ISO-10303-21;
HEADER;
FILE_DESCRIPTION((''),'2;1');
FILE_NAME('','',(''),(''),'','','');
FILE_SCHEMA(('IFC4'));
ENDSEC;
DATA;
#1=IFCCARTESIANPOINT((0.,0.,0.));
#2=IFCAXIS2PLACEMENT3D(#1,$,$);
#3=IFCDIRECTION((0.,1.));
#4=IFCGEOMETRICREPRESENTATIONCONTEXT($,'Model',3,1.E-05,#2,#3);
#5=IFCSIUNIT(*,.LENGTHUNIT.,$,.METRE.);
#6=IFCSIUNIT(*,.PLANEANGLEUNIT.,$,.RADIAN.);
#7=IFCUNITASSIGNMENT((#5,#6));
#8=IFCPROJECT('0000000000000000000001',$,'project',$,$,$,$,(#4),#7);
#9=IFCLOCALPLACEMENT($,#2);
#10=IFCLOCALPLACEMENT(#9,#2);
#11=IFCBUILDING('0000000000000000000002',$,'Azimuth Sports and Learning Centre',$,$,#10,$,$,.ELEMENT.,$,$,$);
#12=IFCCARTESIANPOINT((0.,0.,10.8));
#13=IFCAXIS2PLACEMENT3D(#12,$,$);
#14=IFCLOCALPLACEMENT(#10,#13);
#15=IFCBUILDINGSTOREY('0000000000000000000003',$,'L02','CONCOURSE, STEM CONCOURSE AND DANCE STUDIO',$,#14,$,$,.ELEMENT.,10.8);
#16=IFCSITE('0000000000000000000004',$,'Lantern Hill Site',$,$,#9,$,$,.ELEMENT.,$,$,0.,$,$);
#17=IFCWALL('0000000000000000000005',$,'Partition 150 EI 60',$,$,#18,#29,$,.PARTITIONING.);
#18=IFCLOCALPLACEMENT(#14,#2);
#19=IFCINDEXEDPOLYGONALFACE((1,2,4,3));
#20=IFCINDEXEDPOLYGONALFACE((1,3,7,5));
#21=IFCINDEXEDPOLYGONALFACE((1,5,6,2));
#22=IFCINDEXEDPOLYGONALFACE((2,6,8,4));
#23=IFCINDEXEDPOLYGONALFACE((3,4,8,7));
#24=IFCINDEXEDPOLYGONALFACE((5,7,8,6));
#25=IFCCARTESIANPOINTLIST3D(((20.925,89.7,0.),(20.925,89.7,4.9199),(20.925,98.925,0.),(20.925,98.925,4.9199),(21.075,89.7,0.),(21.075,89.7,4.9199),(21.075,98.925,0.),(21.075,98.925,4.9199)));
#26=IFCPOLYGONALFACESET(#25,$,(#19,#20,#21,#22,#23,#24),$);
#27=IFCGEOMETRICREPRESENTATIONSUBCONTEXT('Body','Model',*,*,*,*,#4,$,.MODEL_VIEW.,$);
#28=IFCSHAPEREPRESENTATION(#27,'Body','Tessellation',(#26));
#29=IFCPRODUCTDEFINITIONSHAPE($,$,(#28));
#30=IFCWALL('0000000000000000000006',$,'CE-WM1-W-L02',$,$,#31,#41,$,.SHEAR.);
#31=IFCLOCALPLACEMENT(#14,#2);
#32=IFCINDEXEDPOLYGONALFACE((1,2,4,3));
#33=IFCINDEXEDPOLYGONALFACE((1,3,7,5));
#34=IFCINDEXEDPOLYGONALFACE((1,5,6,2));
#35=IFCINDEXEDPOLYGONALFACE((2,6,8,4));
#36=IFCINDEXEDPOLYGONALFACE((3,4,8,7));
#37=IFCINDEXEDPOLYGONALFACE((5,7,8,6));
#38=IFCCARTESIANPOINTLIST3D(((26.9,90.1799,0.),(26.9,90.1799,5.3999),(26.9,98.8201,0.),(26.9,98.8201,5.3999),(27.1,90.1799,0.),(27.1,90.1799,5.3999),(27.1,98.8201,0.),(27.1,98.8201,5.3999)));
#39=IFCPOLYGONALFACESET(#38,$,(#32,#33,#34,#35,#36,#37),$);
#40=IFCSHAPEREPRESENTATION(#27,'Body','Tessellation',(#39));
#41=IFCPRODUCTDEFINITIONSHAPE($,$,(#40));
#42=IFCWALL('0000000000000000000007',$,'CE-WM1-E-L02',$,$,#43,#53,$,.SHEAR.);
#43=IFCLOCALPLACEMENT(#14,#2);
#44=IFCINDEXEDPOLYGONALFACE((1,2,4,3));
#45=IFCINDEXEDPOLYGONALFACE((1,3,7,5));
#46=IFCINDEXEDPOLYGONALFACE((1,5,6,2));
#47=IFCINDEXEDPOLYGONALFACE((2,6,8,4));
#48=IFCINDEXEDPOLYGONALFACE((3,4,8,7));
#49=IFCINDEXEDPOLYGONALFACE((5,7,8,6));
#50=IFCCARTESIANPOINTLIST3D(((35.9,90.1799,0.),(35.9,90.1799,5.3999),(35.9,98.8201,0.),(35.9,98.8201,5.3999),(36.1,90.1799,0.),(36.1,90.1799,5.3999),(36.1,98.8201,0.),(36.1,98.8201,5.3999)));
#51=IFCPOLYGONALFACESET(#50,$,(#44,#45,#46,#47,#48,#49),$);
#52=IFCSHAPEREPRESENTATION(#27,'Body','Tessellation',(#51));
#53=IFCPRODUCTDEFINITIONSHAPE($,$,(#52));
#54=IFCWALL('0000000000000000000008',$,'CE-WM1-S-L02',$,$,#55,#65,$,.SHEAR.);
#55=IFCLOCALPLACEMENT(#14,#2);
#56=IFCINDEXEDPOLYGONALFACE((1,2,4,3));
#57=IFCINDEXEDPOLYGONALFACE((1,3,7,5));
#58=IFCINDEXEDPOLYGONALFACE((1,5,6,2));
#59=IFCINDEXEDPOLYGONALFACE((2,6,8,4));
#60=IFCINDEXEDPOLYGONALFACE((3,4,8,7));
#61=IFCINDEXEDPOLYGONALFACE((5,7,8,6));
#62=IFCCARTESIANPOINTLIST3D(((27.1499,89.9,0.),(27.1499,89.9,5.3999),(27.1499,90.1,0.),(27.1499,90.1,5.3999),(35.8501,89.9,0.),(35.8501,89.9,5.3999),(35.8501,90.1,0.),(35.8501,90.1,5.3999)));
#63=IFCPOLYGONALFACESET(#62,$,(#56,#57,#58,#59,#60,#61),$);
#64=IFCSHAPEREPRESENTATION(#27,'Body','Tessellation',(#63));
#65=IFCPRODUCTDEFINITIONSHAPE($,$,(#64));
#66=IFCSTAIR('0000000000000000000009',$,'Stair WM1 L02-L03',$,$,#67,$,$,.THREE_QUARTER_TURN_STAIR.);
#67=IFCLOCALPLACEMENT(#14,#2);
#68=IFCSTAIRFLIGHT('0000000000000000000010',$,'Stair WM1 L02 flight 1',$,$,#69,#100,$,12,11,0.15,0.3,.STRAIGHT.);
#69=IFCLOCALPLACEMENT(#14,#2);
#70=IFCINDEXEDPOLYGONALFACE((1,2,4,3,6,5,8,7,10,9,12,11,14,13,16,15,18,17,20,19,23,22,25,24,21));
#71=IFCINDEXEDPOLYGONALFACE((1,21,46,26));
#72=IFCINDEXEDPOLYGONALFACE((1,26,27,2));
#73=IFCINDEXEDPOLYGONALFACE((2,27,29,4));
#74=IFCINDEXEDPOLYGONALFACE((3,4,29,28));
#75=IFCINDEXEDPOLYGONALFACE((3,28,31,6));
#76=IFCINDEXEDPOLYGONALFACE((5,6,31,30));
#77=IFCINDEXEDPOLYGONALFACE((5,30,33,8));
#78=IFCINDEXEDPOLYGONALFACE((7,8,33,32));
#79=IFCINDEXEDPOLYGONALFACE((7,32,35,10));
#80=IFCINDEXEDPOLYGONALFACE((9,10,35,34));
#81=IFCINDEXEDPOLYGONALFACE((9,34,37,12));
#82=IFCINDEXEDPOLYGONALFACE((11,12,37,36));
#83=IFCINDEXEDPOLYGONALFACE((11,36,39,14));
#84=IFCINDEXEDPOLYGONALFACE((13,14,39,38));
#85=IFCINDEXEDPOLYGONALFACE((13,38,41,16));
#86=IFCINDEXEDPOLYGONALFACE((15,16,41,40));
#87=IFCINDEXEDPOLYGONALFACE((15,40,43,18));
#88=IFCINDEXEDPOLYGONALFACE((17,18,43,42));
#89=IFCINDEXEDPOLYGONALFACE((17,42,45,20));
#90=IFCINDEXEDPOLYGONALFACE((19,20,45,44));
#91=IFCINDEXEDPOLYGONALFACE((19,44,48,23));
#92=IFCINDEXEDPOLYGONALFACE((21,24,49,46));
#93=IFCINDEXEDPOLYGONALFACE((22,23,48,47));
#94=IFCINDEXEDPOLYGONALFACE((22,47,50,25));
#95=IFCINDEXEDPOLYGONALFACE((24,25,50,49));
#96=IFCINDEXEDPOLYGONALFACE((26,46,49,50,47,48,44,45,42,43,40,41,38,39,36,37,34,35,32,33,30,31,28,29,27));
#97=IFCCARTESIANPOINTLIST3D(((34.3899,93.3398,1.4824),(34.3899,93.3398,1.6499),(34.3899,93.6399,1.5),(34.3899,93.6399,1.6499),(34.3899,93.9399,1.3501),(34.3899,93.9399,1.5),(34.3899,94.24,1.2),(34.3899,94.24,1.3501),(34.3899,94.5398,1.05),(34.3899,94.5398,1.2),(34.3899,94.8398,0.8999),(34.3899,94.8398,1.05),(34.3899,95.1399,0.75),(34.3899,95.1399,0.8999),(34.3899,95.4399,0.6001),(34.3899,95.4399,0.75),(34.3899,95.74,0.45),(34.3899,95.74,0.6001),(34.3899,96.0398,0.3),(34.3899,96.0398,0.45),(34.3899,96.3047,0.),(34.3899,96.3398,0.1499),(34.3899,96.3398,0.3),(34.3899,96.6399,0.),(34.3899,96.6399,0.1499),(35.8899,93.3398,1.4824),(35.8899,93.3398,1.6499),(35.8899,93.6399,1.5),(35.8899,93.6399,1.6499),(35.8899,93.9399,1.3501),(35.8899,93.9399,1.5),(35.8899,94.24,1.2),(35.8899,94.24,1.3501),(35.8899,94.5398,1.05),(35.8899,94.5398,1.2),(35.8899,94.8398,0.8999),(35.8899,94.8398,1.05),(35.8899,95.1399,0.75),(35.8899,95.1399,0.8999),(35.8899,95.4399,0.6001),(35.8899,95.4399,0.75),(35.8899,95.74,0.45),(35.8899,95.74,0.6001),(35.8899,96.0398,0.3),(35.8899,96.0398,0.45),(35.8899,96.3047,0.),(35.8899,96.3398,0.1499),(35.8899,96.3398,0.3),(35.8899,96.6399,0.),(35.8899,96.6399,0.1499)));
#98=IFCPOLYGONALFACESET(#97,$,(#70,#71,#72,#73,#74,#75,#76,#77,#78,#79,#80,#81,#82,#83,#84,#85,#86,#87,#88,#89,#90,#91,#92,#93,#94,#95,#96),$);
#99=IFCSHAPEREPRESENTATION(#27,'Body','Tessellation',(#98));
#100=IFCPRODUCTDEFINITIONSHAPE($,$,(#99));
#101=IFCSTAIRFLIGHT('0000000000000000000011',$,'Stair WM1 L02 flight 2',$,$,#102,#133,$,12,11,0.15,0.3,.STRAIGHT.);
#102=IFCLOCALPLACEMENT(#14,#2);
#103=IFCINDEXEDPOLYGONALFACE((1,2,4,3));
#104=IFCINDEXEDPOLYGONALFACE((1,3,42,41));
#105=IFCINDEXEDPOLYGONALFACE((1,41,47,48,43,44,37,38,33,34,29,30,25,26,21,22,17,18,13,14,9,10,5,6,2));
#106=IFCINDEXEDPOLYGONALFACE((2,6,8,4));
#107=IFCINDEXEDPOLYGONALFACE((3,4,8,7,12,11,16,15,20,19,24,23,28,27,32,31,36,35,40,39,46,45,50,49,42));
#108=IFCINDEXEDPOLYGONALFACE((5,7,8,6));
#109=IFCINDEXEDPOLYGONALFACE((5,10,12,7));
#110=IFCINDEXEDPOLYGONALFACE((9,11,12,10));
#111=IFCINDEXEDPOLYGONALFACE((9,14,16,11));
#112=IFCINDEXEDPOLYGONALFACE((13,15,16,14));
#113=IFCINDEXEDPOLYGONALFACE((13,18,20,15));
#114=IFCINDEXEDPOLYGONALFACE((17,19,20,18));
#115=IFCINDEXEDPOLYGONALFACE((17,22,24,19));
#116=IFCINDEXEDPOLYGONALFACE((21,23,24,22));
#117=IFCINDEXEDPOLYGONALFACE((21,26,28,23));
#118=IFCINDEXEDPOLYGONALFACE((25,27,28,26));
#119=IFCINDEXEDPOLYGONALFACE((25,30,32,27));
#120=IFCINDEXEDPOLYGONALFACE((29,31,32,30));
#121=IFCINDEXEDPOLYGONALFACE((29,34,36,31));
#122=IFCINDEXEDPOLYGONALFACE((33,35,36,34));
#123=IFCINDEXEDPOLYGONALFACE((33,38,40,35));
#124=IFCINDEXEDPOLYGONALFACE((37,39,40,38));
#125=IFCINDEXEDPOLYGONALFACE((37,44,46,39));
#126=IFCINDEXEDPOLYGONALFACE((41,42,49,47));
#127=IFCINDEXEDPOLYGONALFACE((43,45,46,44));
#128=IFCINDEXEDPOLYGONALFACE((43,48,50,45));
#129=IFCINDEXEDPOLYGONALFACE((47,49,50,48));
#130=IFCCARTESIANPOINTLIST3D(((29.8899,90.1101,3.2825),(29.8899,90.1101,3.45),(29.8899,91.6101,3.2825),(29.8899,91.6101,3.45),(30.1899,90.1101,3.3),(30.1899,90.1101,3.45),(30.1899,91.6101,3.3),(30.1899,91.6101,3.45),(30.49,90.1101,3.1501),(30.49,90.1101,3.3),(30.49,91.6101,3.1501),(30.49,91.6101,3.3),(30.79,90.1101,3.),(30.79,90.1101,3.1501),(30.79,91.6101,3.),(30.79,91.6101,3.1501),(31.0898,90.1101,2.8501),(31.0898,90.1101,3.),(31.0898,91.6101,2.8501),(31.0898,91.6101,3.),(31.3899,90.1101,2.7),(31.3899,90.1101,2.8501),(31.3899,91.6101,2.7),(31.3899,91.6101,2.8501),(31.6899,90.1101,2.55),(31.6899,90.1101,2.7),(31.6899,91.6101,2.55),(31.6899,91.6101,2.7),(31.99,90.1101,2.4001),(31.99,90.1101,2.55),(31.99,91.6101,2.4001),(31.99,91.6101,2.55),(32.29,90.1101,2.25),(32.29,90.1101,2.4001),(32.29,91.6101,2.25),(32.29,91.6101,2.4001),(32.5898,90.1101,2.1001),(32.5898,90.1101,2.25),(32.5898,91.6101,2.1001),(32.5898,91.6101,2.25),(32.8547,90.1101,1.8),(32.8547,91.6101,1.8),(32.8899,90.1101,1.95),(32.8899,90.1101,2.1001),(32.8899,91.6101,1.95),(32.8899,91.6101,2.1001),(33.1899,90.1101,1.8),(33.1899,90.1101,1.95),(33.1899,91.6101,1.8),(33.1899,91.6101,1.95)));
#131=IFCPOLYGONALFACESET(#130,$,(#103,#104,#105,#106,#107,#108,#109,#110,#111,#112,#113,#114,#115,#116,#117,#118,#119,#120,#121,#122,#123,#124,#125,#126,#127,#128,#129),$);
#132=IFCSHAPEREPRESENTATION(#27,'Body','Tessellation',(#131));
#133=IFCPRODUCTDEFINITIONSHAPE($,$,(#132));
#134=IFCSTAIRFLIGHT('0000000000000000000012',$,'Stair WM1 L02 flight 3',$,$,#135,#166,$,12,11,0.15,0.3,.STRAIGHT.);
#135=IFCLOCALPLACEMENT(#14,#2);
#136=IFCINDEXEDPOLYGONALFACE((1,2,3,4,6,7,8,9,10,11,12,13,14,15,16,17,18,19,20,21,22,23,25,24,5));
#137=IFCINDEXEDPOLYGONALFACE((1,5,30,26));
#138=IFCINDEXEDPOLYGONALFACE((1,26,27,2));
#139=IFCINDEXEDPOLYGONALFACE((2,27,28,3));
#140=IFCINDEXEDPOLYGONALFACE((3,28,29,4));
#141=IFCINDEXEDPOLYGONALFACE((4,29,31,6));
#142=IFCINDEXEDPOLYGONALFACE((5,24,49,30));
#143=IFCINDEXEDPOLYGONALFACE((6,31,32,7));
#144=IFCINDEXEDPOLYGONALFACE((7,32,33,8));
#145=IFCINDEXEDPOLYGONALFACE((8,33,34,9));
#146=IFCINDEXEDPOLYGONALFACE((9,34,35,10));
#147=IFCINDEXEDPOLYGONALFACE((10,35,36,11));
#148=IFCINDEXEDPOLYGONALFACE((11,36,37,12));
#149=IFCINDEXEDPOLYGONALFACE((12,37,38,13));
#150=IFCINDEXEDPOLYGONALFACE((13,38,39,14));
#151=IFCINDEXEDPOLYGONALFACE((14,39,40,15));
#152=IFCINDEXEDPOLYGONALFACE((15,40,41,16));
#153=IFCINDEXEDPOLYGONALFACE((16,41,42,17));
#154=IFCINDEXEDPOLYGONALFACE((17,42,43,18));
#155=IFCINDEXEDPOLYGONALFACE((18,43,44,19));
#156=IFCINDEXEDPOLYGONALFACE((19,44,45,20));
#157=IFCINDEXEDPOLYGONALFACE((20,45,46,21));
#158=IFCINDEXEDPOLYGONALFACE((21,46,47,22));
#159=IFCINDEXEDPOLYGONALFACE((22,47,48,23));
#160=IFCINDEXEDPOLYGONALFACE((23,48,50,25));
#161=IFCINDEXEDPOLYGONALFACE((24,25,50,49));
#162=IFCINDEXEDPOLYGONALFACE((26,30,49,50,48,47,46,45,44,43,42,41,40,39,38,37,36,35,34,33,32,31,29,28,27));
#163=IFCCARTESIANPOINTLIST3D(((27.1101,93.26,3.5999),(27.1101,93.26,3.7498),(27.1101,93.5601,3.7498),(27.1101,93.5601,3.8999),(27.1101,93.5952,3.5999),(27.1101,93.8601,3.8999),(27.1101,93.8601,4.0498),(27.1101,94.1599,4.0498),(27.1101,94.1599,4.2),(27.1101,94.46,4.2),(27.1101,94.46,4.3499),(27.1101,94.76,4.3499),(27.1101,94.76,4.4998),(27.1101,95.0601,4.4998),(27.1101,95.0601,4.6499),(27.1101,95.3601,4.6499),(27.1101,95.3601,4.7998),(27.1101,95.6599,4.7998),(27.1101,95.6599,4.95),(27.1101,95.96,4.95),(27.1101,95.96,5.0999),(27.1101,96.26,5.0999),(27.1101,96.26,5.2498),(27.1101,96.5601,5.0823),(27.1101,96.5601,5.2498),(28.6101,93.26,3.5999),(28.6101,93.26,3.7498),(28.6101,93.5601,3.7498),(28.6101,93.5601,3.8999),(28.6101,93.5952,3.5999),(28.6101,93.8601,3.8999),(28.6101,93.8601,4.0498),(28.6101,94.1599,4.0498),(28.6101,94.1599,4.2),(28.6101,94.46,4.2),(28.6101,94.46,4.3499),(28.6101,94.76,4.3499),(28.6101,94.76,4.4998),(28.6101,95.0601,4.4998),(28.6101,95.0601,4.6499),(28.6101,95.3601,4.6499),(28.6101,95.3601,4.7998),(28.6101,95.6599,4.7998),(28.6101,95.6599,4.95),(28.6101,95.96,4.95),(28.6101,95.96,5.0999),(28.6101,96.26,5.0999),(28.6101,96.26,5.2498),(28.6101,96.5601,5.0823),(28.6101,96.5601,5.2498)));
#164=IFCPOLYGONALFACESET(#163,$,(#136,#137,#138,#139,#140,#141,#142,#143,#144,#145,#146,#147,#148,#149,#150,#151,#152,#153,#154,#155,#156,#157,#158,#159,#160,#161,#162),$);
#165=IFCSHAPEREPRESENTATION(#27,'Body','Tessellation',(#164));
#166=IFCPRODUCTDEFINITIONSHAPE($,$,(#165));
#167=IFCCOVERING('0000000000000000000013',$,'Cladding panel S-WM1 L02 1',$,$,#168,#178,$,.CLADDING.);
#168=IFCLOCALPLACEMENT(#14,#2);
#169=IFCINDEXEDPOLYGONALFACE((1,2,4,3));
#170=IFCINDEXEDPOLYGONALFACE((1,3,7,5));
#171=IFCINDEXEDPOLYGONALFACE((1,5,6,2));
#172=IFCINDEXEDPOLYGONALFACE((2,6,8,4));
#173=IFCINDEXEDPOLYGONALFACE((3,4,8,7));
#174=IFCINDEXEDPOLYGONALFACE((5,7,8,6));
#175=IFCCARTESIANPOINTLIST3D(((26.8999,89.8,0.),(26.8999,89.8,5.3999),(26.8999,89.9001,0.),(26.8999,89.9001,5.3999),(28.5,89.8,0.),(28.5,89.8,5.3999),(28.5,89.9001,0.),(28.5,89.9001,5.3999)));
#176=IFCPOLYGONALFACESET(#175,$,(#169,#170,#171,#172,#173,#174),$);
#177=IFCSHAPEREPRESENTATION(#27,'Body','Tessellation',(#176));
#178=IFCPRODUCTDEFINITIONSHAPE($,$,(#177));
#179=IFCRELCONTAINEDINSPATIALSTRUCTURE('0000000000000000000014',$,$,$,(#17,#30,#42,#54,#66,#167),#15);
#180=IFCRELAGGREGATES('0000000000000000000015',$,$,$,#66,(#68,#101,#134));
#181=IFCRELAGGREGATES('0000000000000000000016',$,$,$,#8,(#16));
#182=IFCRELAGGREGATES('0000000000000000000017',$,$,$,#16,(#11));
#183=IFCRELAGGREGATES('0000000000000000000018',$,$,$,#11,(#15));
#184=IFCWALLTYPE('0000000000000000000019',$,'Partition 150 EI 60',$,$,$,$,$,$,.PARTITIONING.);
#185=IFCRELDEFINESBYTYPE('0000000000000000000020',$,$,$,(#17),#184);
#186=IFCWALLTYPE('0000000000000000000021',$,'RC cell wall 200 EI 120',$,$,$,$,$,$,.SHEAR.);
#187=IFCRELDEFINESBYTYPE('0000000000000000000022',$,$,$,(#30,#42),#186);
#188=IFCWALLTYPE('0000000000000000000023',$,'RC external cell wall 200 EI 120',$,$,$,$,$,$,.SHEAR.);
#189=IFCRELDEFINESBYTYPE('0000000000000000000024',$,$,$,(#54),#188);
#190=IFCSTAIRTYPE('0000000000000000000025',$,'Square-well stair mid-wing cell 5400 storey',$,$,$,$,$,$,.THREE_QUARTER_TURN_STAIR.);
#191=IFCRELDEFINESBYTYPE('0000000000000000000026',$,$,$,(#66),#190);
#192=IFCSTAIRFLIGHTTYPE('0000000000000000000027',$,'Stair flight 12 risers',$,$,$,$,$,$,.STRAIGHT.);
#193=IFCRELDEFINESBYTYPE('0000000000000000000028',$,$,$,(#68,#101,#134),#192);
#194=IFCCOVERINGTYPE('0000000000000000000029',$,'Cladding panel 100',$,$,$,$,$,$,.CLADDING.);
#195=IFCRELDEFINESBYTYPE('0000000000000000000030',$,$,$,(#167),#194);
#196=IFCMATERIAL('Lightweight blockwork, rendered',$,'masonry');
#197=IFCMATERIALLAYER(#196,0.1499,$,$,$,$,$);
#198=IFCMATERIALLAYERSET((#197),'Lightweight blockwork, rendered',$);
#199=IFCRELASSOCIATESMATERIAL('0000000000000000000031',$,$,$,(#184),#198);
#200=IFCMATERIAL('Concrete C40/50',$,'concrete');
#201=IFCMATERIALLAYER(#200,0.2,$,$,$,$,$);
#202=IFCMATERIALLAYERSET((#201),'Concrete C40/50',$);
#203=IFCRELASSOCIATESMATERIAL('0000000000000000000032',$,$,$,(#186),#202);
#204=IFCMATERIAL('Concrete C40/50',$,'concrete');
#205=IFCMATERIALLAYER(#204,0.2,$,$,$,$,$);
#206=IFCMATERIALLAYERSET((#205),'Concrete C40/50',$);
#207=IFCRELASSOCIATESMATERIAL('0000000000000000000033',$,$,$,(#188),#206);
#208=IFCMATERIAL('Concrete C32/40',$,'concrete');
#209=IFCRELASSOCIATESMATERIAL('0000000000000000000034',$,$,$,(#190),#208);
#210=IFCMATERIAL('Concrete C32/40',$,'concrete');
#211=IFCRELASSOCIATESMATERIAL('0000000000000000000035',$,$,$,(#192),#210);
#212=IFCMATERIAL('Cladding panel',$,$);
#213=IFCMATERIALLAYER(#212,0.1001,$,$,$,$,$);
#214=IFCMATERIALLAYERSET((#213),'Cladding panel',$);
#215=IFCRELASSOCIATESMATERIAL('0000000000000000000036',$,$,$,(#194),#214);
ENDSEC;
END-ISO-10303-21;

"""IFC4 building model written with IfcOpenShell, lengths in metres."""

from ifc_helpers import new_model, si_unit, direction, frame, frame_2d, origin, origin_2d, place, context, subcontext, project, spatial, polyline, rectangle, outline, extrude, material, layer, layer_set, type_object, element, aggregate, save


model = new_model("IFC4")

# Units and contexts
model_context = context("Model", 3, precision=1e-05, world=origin(), true_north=direction((0.0, 1.0)))
body_context = subcontext(model_context, "Body", "Model", "MODEL_VIEW")
ifc_project = project(units=[si_unit("LENGTHUNIT", "METRE"), si_unit("PLANEANGLEUNIT", "RADIAN")], contexts=[model_context])

# Site, building, storey
site_placement = place(None, origin())
site = spatial("IfcSite", under=ifc_project, at=site_placement, Name="Lantern Hill Site", CompositionType="ELEMENT", RefElevation=0.0)
building_placement = place(site_placement, origin())
building = spatial("IfcBuilding", under=site, at=building_placement, Name="Azimuth Sports and Learning Centre", CompositionType="ELEMENT")
storey_placement = place(building_placement, frame((0.0, 0.0, 10.8)))
storey = spatial("IfcBuildingStorey", under=building, at=storey_placement, Name="L02", Description="CONCOURSE, STEM CONCOURSE AND DANCE STUDIO", CompositionType="ELEMENT", Elevation=10.8)

# Walls
ifc_material_1 = material(Name="Lightweight blockwork, rendered", Category="masonry")
ifc_layer_1 = layer(ifc_material_1, 0.1499)
ifc_layer_set_1 = layer_set([ifc_layer_1], Name="Lightweight blockwork, rendered")
wall_type_1 = type_object("IfcWallType", Name="Partition 150 EI 60", PredefinedType="PARTITIONING", material=ifc_layer_set_1)
wall_1_placement = place(storey_placement, frame((21.0, 89.7, 0.0), z_axis=(0.0, 0.0, 1.0), x_axis=(0.0, 1.0, 0.0)))
element("IfcWall", 1, at=wall_1_placement, inside=storey, type_object=wall_type_1, Name="Partition 150 EI 60", PredefinedType="PARTITIONING", context=body_context, shape_type="SweptSolid", body=[
    extrude(rectangle(XDim=9.2251, YDim=0.1499, at=frame_2d((4.6125, 0.0))), origin(), (0.0, 0.0, 1.0), 4.9199),
])
ifc_material_2 = material(Name="Concrete C40/50", Category="concrete")
ifc_layer_2 = layer(ifc_material_2, 0.2)
ifc_layer_set_2 = layer_set([ifc_layer_2], Name="Concrete C40/50")
wall_type_2 = type_object("IfcWallType", Name="RC cell wall 200 EI 120", PredefinedType="SHEAR", material=ifc_layer_set_2)
for number, where, z_axis, x_axis, name in (
    (2, (27.0, 90.1799, 0.0), (0.0, 0.0, 1.0), (0.0, 1.0, 0.0), "CE-WM1-W-L02"),
    (3, (36.0, 90.1799, 0.0), (0.0, 0.0, 1.0), (0.0, 1.0, 0.0), "CE-WM1-E-L02"),
):
    element("IfcWall", number, at=place(storey_placement, frame(where, z_axis=z_axis, x_axis=x_axis)), inside=storey, type_object=wall_type_2, Name=name, PredefinedType="SHEAR", context=body_context, shape_type="SweptSolid", body=[
        extrude(rectangle(XDim=8.6401, YDim=0.2, at=frame_2d((4.3201, 0.0))), origin(), (0.0, 0.0, 1.0), 5.3999),
    ])
ifc_material_3 = material(Name="Concrete C40/50", Category="concrete")
ifc_layer_3 = layer(ifc_material_3, 0.2)
ifc_layer_set_3 = layer_set([ifc_layer_3], Name="Concrete C40/50")
wall_type_3 = type_object("IfcWallType", Name="RC external cell wall 200 EI 120", PredefinedType="SHEAR", material=ifc_layer_set_3)
wall_2_placement = place(storey_placement, frame((27.1499, 90.0, 0.0), z_axis=(0.0, 0.0, 1.0), x_axis=(1.0, 0.0, 0.0)))
element("IfcWall", 4, at=wall_2_placement, inside=storey, type_object=wall_type_3, Name="CE-WM1-S-L02", PredefinedType="SHEAR", context=body_context, shape_type="SweptSolid", body=[
    extrude(rectangle(XDim=8.7002, YDim=0.2, at=frame_2d((4.3501, 0.0))), origin(), (0.0, 0.0, 1.0), 5.3999),
])

# Stair, stair flights
ifc_material_4 = material(Name="Concrete C32/40", Category="concrete")
stair_type = type_object("IfcStairType", Name="Square-well stair mid-wing cell 5400 storey", PredefinedType="THREE_QUARTER_TURN_STAIR", material=ifc_material_4)
stair_placement = place(storey_placement, origin())
stair = element("IfcStair", 5, at=stair_placement, inside=storey, type_object=stair_type, Name="Stair WM1 L02-L03", PredefinedType="THREE_QUARTER_TURN_STAIR")
ifc_material_5 = material(Name="Concrete C32/40", Category="concrete")
stair_flight_type = type_object("IfcStairFlightType", Name="Stair flight 12 risers", PredefinedType="STRAIGHT", material=ifc_material_5)
stair_flight_1_placement = place(storey_placement, frame((35.1399, 96.6399, 0.0), z_axis=(0.0, 0.0, 1.0), x_axis=(0.0, -1.0, 0.0)))
stair_flight_1 = element("IfcStairFlight", 6, at=stair_flight_1_placement, type_object=stair_flight_type, Name="Stair WM1 L02 flight 1", NumberOfRisers=12, NumberOfTreads=11, PredefinedType="STRAIGHT", RiserHeight=0.15, TreadLength=0.3, context=body_context, shape_type="SweptSolid", body=[
    extrude(outline(polyline([(0.0, 0.0), (0.0, 0.1499), (0.3, 0.1499), (0.3, 0.3), (0.6001, 0.3), (0.6001, 0.45), (0.8999, 0.45), (0.8999, 0.6001), (1.2, 0.6001), (1.2, 0.75), (1.5, 0.75), (1.5, 0.8999), (1.8, 0.8999), (1.8, 1.05), (2.1001, 1.05), (2.1001, 1.2), (2.3999, 1.2), (2.3999, 1.3501), (2.7, 1.3501), (2.7, 1.5), (3.0, 1.5), (3.0, 1.6499), (3.3, 1.6499), (3.3, 1.8), (3.3, 1.4824), (0.3352, 0.0), (0.0, 0.0)])), frame((0.0, 0.75, 0.0), z_axis=(0.0, -1.0, 0.0), x_axis=(1.0, 0.0, 0.0)), (0.0, 0.0, 1.0), 1.5),
])
stair_flight_2_placement = place(storey_placement, frame((33.1899, 90.8601, 1.8), z_axis=(0.0, 0.0, 1.0), x_axis=(-1.0, 0.0, 0.0)))
stair_flight_2 = element("IfcStairFlight", 7, at=stair_flight_2_placement, type_object=stair_flight_type, Name="Stair WM1 L02 flight 2", NumberOfRisers=12, NumberOfTreads=11, PredefinedType="STRAIGHT", RiserHeight=0.15, TreadLength=0.3, context=body_context, shape_type="SweptSolid", body=[
    extrude(outline(polyline([(0.0, 0.0), (0.0, 0.1499), (0.3, 0.1499), (0.3, 0.3), (0.6001, 0.3), (0.6001, 0.45), (0.8999, 0.45), (0.8999, 0.6001), (1.2, 0.6001), (1.2, 0.75), (1.5, 0.75), (1.5, 0.8999), (1.8, 0.8999), (1.8, 1.05), (2.1001, 1.05), (2.1001, 1.2), (2.3999, 1.2), (2.3999, 1.3501), (2.7, 1.3501), (2.7, 1.5), (3.0, 1.5), (3.0, 1.6499), (3.3, 1.6499), (3.3, 1.8), (3.3, 1.4824), (0.3352, 0.0), (0.0, 0.0)])), frame((0.0, 0.75, 0.0), z_axis=(0.0, -1.0, 0.0), x_axis=(1.0, 0.0, 0.0)), (0.0, 0.0, 1.0), 1.5),
])
stair_flight_3_placement = place(storey_placement, frame((27.8601, 93.26, 3.5999), z_axis=(0.0, 0.0, 1.0), x_axis=(0.0, 1.0, 0.0)))
stair_flight_3 = element("IfcStairFlight", 8, at=stair_flight_3_placement, type_object=stair_flight_type, Name="Stair WM1 L02 flight 3", NumberOfRisers=12, NumberOfTreads=11, PredefinedType="STRAIGHT", RiserHeight=0.15, TreadLength=0.3, context=body_context, shape_type="SweptSolid", body=[
    extrude(outline(polyline([(0.0, 0.0), (0.0, 0.1499), (0.3, 0.1499), (0.3, 0.3), (0.6001, 0.3), (0.6001, 0.45), (0.8999, 0.45), (0.8999, 0.6001), (1.2, 0.6001), (1.2, 0.75), (1.5, 0.75), (1.5, 0.8999), (1.8, 0.8999), (1.8, 1.05), (2.1001, 1.05), (2.1001, 1.2), (2.3999, 1.2), (2.3999, 1.3501), (2.7, 1.3501), (2.7, 1.5), (3.0, 1.5), (3.0, 1.6499), (3.3, 1.6499), (3.3, 1.8), (3.3, 1.4824), (0.3352, 0.0), (0.0, 0.0)])), frame((0.0, 0.75, 0.0), z_axis=(0.0, -1.0, 0.0), x_axis=(1.0, 0.0, 0.0)), (0.0, 0.0, 1.0), 1.5),
])
aggregate(stair, [stair_flight_1, stair_flight_2, stair_flight_3])

# Covering
ifc_material_6 = material(Name="Cladding panel")
ifc_layer_4 = layer(ifc_material_6, 0.1001)
ifc_layer_set_4 = layer_set([ifc_layer_4], Name="Cladding panel")
covering_type = type_object("IfcCoveringType", Name="Cladding panel 100", PredefinedType="CLADDING", material=ifc_layer_set_4)
covering_1_placement = place(storey_placement, frame((27.7, 89.8501, 0.0), z_axis=(0.0, 0.0, 1.0), x_axis=(1.0, 0.0, 0.0)))
element("IfcCovering", 9, at=covering_1_placement, inside=storey, type_object=covering_type, Name="Cladding panel S-WM1 L02 1", PredefinedType="CLADDING", context=body_context, shape_type="SweptSolid", body=[
    extrude(rectangle(XDim=1.6001, YDim=0.1001, at=origin_2d()), origin(), (0.0, 0.0, 1.0), 5.3999),
])

save(model, "model.ifc")
